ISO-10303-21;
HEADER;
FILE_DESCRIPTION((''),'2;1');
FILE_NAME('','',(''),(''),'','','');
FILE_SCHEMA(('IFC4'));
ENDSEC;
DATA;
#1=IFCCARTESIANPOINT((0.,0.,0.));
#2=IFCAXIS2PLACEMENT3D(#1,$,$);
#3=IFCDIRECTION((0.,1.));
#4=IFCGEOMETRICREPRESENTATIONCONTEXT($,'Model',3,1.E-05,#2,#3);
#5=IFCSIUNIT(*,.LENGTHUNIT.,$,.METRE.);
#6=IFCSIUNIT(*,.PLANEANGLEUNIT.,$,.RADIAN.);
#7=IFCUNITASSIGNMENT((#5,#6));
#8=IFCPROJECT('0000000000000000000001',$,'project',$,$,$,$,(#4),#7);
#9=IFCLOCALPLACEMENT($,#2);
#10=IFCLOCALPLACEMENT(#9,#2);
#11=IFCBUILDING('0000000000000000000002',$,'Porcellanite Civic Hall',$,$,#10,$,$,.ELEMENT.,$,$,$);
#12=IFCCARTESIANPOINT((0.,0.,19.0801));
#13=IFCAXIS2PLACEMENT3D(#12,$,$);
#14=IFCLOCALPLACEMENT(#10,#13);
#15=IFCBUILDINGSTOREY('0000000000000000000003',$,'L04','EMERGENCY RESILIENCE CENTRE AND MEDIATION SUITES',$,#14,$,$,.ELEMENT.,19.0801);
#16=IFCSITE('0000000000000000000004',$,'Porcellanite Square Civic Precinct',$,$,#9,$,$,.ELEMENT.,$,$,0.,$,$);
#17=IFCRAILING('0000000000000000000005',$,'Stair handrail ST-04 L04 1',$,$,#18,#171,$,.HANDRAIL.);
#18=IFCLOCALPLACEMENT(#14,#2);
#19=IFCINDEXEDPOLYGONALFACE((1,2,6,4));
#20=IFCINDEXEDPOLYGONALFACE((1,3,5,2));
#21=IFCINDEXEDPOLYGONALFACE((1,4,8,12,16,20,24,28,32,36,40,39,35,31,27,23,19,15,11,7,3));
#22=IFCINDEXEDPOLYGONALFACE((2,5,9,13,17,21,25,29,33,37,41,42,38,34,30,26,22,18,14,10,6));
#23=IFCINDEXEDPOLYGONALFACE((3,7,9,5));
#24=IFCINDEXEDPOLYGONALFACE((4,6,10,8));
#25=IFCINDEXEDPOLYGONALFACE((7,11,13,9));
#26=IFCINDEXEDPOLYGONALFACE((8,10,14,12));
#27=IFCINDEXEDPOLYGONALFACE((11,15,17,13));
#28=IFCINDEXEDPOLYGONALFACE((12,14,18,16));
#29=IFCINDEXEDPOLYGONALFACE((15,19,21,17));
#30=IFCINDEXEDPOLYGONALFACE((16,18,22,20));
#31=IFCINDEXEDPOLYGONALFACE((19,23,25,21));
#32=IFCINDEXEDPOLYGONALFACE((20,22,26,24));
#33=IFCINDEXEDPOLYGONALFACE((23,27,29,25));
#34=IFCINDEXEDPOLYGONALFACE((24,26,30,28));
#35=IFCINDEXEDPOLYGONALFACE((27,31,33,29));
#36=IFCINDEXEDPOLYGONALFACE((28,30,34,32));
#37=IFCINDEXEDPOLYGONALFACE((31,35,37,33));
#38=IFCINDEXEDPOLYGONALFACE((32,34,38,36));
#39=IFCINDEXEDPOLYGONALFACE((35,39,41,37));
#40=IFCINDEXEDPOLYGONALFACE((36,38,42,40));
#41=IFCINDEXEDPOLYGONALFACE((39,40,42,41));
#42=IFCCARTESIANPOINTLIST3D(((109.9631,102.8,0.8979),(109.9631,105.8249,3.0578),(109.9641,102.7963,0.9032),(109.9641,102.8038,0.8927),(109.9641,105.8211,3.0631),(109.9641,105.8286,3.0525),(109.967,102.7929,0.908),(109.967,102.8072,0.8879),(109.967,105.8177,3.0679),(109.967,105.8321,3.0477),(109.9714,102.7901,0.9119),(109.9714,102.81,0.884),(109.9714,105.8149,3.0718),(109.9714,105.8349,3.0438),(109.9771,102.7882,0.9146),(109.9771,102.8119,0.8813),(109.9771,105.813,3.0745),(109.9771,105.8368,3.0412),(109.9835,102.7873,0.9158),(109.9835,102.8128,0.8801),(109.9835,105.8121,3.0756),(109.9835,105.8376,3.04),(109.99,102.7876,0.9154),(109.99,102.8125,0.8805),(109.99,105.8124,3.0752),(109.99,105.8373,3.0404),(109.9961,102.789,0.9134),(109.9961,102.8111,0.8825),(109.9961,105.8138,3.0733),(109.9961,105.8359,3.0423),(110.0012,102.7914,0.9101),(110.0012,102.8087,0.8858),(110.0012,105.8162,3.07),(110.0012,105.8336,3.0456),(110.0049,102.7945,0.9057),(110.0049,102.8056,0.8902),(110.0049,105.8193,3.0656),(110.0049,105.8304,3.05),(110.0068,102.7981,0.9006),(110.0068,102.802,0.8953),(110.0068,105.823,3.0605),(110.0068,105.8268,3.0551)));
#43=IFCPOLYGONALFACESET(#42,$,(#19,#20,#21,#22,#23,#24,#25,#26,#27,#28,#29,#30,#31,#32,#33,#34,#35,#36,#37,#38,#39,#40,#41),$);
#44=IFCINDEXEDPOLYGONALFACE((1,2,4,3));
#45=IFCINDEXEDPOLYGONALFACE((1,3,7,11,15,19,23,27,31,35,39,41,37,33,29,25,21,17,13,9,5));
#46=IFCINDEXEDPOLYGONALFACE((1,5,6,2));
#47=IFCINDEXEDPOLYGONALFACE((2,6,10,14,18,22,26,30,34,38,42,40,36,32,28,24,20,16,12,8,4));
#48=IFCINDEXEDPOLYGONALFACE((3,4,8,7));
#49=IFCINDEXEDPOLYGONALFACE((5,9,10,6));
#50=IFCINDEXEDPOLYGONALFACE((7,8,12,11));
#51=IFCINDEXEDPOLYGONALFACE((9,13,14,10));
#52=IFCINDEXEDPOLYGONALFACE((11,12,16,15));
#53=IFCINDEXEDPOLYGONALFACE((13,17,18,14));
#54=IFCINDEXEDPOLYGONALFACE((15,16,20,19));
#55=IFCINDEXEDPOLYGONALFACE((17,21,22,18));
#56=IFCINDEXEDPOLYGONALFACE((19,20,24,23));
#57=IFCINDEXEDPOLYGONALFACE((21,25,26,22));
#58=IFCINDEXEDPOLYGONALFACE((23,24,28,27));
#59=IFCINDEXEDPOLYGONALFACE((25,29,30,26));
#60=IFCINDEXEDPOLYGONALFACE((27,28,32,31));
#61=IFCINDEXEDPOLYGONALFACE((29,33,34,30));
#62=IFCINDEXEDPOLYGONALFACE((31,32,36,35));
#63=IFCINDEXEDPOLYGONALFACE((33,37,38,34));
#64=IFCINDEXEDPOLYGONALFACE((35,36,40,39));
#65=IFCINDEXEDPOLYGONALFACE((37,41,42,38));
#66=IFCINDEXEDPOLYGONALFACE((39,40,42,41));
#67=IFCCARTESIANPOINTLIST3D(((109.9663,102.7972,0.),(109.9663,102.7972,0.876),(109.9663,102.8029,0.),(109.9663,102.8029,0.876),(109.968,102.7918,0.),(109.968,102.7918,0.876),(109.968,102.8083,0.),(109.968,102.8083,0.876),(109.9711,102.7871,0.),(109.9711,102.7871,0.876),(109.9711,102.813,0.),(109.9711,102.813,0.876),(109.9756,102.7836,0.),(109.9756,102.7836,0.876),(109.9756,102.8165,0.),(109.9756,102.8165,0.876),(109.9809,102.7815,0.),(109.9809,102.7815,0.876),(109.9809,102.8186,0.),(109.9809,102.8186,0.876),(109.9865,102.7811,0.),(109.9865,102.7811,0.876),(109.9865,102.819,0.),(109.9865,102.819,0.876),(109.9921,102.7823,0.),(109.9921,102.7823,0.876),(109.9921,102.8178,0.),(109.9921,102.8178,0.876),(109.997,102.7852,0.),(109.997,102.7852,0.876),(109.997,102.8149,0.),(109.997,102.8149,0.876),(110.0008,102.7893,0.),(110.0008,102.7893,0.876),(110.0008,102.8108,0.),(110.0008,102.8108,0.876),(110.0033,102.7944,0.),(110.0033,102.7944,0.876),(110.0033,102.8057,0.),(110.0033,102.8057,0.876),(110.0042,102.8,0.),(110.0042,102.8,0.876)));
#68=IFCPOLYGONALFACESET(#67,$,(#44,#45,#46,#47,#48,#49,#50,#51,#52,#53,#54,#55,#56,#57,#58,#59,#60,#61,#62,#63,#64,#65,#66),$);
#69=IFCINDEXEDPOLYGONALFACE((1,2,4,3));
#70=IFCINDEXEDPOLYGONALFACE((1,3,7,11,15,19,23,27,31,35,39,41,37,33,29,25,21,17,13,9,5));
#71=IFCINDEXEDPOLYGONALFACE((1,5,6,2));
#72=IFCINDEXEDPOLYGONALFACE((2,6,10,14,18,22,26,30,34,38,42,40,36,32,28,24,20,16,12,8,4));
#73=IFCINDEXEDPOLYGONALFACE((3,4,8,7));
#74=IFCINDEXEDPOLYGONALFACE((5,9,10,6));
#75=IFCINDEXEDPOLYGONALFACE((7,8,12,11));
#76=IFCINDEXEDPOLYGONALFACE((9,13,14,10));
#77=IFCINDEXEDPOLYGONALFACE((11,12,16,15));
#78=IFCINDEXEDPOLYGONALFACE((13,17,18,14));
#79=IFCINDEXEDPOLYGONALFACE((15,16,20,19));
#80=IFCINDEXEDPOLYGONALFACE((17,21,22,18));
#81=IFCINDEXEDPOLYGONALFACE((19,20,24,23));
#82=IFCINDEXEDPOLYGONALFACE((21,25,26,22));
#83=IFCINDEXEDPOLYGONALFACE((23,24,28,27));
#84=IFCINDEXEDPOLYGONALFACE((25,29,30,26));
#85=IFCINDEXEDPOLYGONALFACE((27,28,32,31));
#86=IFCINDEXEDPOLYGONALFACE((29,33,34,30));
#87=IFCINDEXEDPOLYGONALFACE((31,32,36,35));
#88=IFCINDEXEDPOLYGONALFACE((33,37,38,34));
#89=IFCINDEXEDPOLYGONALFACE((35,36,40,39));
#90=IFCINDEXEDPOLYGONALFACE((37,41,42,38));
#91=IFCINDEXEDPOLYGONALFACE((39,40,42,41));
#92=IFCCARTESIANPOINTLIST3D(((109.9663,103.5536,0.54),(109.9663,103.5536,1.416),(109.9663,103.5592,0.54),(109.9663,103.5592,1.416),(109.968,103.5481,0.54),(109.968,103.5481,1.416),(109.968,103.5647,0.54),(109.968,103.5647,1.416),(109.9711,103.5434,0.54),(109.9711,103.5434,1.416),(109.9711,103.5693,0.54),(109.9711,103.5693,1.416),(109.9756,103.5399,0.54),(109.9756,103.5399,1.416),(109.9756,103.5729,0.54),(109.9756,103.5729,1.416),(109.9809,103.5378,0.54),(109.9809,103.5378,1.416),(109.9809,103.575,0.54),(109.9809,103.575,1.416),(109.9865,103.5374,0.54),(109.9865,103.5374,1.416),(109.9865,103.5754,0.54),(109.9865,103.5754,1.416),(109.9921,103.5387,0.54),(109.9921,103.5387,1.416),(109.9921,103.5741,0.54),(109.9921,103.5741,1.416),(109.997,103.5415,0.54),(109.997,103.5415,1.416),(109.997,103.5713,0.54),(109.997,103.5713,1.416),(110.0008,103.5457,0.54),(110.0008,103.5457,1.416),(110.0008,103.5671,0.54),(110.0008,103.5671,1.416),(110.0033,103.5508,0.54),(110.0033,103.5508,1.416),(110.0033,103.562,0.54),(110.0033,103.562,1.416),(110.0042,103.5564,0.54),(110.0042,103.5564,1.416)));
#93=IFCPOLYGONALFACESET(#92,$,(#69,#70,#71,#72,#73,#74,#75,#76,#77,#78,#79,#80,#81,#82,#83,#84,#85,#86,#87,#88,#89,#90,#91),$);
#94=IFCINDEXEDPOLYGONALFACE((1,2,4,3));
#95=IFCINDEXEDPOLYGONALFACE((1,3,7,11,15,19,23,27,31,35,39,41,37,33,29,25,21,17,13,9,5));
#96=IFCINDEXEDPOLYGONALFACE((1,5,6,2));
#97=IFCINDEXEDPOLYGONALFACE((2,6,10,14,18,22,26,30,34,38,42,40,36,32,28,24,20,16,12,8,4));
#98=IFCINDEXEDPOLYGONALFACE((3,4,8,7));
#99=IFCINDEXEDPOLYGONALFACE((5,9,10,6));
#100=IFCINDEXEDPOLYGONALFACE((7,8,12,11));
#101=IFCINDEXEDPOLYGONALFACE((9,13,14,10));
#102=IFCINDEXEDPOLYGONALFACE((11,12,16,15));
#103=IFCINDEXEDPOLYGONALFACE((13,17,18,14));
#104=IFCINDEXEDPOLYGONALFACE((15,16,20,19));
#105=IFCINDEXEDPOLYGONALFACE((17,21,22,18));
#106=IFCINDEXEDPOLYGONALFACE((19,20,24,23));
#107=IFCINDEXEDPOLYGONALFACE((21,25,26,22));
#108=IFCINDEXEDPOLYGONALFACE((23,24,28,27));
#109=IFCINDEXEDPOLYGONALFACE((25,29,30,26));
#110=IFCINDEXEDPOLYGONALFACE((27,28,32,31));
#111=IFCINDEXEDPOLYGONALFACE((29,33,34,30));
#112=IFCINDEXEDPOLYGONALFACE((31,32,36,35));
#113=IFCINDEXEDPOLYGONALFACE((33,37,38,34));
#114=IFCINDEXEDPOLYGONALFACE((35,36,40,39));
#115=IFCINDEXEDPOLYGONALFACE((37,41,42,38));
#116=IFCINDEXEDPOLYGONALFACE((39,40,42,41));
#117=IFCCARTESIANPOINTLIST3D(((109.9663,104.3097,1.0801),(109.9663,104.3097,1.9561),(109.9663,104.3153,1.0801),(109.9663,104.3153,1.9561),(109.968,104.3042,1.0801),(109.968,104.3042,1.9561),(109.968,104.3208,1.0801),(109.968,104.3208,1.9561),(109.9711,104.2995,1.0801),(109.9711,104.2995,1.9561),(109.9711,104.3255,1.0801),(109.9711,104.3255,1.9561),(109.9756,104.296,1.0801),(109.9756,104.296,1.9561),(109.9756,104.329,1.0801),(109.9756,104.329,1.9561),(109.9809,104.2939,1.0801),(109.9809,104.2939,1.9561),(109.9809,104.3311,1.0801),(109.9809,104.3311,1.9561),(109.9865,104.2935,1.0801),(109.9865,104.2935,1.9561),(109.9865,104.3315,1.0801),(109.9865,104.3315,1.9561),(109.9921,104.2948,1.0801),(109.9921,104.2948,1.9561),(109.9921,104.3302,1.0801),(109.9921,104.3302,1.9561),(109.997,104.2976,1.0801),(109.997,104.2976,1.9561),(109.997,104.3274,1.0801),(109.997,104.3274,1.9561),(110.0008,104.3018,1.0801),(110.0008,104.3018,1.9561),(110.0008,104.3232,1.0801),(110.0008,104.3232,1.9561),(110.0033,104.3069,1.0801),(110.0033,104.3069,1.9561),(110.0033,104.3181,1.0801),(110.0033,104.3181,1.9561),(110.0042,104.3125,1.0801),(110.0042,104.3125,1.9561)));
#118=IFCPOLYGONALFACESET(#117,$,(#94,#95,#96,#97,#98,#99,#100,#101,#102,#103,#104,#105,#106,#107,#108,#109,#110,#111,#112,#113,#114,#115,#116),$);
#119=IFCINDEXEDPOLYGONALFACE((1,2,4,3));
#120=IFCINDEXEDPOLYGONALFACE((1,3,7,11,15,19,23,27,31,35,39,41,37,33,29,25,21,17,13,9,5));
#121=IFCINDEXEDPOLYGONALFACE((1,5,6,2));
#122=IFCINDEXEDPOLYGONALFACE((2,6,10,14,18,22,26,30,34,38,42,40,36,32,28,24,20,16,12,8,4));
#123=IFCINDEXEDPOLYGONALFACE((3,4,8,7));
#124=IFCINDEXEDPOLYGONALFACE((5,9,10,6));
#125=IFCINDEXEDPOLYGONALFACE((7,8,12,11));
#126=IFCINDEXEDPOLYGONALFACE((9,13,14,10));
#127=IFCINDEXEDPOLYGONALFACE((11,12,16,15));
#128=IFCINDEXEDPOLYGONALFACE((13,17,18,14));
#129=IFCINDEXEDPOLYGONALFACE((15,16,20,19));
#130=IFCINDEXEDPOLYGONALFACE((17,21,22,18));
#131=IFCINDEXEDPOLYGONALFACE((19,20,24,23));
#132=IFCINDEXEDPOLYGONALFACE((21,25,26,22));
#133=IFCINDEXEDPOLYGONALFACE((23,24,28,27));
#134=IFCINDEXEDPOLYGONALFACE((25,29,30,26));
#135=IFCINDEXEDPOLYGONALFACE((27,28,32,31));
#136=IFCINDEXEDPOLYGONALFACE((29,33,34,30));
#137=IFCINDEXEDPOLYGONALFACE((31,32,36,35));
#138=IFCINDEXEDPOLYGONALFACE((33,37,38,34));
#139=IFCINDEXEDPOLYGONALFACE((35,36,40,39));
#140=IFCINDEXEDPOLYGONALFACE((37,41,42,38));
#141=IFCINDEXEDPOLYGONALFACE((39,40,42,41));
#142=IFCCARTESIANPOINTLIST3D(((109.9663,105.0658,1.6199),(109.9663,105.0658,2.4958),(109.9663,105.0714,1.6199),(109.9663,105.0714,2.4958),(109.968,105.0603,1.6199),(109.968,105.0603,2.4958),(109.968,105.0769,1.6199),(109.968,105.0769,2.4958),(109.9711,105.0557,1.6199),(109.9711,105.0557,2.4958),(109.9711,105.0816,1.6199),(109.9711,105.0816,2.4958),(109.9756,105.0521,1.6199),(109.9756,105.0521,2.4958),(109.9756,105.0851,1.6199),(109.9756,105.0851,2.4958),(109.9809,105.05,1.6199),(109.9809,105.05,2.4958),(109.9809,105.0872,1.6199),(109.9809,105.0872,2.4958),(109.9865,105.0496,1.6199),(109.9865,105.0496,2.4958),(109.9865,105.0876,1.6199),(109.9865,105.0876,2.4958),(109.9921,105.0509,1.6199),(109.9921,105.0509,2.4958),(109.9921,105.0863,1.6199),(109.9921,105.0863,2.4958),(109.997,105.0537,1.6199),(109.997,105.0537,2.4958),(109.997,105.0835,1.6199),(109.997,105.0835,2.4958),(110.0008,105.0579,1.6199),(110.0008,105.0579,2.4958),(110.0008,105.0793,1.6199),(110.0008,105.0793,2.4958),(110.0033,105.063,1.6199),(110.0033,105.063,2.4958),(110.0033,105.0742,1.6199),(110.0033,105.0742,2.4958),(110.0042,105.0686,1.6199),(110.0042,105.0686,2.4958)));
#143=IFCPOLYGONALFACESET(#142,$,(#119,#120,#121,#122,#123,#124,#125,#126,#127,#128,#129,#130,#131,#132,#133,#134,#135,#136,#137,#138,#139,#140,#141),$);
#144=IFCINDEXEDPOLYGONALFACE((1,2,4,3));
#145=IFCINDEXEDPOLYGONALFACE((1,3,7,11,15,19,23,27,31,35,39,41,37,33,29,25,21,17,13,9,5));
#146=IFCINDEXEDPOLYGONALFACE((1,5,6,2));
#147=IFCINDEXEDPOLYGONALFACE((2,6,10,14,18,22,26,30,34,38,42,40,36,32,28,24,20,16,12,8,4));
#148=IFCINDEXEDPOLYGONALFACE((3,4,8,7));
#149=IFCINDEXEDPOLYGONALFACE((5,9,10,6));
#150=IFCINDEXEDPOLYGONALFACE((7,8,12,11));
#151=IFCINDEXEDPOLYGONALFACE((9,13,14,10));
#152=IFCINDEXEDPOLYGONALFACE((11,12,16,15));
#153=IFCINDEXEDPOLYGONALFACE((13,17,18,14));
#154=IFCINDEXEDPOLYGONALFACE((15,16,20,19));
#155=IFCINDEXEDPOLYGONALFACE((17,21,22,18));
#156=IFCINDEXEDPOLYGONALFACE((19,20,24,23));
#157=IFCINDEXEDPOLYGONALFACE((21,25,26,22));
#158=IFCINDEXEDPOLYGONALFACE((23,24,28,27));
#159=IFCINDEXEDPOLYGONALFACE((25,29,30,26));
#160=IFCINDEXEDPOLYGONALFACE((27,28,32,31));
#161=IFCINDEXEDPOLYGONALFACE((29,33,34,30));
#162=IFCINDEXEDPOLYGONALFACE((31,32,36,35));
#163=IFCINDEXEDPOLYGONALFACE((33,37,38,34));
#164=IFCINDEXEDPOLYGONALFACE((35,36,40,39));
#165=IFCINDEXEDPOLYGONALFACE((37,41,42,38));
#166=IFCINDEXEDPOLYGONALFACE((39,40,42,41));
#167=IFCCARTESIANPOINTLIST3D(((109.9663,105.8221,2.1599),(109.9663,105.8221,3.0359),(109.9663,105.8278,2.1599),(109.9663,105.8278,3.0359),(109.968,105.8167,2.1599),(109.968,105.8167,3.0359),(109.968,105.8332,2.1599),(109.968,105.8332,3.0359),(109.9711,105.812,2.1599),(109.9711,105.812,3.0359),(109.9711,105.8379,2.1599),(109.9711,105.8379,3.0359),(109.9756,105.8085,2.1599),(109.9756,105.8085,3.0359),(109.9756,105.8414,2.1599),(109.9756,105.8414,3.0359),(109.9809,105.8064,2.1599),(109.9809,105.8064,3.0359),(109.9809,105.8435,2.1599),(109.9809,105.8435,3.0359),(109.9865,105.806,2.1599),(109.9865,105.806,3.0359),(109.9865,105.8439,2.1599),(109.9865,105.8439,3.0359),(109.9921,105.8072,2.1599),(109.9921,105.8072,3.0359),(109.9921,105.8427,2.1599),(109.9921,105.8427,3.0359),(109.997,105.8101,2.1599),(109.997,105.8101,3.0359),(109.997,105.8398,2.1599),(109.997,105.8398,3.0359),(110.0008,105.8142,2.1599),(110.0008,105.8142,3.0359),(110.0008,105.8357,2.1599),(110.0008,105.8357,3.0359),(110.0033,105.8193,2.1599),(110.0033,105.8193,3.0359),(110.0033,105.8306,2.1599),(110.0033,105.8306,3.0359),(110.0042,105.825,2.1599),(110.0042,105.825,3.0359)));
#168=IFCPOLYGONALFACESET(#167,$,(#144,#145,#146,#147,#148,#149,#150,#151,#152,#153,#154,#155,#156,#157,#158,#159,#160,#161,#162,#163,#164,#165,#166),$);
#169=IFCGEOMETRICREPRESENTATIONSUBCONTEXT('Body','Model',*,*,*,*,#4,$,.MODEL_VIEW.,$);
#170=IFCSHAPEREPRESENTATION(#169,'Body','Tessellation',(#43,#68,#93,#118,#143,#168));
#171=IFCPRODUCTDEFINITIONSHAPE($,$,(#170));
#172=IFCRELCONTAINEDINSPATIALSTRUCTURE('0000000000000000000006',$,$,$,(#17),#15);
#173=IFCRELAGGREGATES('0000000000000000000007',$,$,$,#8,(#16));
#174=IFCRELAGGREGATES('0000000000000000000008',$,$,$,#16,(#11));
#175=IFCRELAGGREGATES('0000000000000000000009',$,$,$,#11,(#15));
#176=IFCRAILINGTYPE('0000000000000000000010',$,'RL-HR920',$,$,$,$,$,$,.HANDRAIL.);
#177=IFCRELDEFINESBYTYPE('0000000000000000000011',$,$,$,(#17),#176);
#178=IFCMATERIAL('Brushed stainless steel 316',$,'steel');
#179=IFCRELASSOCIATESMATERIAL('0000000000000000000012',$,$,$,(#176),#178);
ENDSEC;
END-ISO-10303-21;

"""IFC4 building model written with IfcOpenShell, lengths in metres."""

from ifc_helpers import new_model, si_unit, direction, frame, origin, origin_2d, place, context, subcontext, project, spatial, circle, extrude, material, type_object, element, save


model = new_model("IFC4")

# Units and contexts
model_context = context("Model", 3, precision=1e-05, world=origin(), true_north=direction((0.0, 1.0)))
body_context = subcontext(model_context, "Body", "Model", "MODEL_VIEW")
ifc_project = project(units=[si_unit("LENGTHUNIT", "METRE"), si_unit("PLANEANGLEUNIT", "RADIAN")], contexts=[model_context])

# Site, building, storey
site_placement = place(None, origin())
site = spatial("IfcSite", under=ifc_project, at=site_placement, Name="Porcellanite Square Civic Precinct", CompositionType="ELEMENT", RefElevation=0.0)
building_placement = place(site_placement, origin())
building = spatial("IfcBuilding", under=site, at=building_placement, Name="Porcellanite Civic Hall", CompositionType="ELEMENT")
storey_placement = place(building_placement, frame((0.0, 0.0, 19.0801)))
storey = spatial("IfcBuildingStorey", under=building, at=storey_placement, Name="L04", Description="EMERGENCY RESILIENCE CENTRE AND MEDIATION SUITES", CompositionType="ELEMENT", Elevation=19.0801)

# Railing
ifc_material_1 = material(Name="Brushed stainless steel 316", Category="steel")
railing_type_1 = type_object("IfcRailingType", Name="RL-HR920", PredefinedType="HANDRAIL", material=ifc_material_1)
railing_1_placement = place(storey_placement, frame((109.9851, 102.8, 0.0)))
element("IfcRailing", 1, at=railing_1_placement, inside=storey, type_object=railing_type_1, Name="Stair handrail ST-04 L04 1", PredefinedType="HANDRAIL", context=body_context, shape_type="SweptSolid", body=[
    extrude(circle(Radius=0.022, at=origin_2d()), frame((0.0, 0.0, 0.8979), z_axis=(0.0, 0.813827, 0.581108), x_axis=(-1.0, 0.0, 0.0)), (0.0, 0.0, 1.0), 3.7168),
    extrude(circle(Radius=0.019, at=origin_2d()), origin(), (0.0, 0.0, 1.0), 0.876),
    extrude(circle(Radius=0.019, at=origin_2d()), frame((0.0, 0.7563, 0.54)), (0.0, 0.0, 1.0), 0.876),
    extrude(circle(Radius=0.019, at=origin_2d()), frame((0.0, 1.5125, 1.0801)), (0.0, 0.0, 1.0), 0.876),
    extrude(circle(Radius=0.019, at=origin_2d()), frame((0.0, 2.2686, 1.6199)), (0.0, 0.0, 1.0), 0.876),
    extrude(circle(Radius=0.019, at=origin_2d()), frame((0.0, 3.0249, 2.1599)), (0.0, 0.0, 1.0), 0.876),
])

save(model, "model.ifc")
